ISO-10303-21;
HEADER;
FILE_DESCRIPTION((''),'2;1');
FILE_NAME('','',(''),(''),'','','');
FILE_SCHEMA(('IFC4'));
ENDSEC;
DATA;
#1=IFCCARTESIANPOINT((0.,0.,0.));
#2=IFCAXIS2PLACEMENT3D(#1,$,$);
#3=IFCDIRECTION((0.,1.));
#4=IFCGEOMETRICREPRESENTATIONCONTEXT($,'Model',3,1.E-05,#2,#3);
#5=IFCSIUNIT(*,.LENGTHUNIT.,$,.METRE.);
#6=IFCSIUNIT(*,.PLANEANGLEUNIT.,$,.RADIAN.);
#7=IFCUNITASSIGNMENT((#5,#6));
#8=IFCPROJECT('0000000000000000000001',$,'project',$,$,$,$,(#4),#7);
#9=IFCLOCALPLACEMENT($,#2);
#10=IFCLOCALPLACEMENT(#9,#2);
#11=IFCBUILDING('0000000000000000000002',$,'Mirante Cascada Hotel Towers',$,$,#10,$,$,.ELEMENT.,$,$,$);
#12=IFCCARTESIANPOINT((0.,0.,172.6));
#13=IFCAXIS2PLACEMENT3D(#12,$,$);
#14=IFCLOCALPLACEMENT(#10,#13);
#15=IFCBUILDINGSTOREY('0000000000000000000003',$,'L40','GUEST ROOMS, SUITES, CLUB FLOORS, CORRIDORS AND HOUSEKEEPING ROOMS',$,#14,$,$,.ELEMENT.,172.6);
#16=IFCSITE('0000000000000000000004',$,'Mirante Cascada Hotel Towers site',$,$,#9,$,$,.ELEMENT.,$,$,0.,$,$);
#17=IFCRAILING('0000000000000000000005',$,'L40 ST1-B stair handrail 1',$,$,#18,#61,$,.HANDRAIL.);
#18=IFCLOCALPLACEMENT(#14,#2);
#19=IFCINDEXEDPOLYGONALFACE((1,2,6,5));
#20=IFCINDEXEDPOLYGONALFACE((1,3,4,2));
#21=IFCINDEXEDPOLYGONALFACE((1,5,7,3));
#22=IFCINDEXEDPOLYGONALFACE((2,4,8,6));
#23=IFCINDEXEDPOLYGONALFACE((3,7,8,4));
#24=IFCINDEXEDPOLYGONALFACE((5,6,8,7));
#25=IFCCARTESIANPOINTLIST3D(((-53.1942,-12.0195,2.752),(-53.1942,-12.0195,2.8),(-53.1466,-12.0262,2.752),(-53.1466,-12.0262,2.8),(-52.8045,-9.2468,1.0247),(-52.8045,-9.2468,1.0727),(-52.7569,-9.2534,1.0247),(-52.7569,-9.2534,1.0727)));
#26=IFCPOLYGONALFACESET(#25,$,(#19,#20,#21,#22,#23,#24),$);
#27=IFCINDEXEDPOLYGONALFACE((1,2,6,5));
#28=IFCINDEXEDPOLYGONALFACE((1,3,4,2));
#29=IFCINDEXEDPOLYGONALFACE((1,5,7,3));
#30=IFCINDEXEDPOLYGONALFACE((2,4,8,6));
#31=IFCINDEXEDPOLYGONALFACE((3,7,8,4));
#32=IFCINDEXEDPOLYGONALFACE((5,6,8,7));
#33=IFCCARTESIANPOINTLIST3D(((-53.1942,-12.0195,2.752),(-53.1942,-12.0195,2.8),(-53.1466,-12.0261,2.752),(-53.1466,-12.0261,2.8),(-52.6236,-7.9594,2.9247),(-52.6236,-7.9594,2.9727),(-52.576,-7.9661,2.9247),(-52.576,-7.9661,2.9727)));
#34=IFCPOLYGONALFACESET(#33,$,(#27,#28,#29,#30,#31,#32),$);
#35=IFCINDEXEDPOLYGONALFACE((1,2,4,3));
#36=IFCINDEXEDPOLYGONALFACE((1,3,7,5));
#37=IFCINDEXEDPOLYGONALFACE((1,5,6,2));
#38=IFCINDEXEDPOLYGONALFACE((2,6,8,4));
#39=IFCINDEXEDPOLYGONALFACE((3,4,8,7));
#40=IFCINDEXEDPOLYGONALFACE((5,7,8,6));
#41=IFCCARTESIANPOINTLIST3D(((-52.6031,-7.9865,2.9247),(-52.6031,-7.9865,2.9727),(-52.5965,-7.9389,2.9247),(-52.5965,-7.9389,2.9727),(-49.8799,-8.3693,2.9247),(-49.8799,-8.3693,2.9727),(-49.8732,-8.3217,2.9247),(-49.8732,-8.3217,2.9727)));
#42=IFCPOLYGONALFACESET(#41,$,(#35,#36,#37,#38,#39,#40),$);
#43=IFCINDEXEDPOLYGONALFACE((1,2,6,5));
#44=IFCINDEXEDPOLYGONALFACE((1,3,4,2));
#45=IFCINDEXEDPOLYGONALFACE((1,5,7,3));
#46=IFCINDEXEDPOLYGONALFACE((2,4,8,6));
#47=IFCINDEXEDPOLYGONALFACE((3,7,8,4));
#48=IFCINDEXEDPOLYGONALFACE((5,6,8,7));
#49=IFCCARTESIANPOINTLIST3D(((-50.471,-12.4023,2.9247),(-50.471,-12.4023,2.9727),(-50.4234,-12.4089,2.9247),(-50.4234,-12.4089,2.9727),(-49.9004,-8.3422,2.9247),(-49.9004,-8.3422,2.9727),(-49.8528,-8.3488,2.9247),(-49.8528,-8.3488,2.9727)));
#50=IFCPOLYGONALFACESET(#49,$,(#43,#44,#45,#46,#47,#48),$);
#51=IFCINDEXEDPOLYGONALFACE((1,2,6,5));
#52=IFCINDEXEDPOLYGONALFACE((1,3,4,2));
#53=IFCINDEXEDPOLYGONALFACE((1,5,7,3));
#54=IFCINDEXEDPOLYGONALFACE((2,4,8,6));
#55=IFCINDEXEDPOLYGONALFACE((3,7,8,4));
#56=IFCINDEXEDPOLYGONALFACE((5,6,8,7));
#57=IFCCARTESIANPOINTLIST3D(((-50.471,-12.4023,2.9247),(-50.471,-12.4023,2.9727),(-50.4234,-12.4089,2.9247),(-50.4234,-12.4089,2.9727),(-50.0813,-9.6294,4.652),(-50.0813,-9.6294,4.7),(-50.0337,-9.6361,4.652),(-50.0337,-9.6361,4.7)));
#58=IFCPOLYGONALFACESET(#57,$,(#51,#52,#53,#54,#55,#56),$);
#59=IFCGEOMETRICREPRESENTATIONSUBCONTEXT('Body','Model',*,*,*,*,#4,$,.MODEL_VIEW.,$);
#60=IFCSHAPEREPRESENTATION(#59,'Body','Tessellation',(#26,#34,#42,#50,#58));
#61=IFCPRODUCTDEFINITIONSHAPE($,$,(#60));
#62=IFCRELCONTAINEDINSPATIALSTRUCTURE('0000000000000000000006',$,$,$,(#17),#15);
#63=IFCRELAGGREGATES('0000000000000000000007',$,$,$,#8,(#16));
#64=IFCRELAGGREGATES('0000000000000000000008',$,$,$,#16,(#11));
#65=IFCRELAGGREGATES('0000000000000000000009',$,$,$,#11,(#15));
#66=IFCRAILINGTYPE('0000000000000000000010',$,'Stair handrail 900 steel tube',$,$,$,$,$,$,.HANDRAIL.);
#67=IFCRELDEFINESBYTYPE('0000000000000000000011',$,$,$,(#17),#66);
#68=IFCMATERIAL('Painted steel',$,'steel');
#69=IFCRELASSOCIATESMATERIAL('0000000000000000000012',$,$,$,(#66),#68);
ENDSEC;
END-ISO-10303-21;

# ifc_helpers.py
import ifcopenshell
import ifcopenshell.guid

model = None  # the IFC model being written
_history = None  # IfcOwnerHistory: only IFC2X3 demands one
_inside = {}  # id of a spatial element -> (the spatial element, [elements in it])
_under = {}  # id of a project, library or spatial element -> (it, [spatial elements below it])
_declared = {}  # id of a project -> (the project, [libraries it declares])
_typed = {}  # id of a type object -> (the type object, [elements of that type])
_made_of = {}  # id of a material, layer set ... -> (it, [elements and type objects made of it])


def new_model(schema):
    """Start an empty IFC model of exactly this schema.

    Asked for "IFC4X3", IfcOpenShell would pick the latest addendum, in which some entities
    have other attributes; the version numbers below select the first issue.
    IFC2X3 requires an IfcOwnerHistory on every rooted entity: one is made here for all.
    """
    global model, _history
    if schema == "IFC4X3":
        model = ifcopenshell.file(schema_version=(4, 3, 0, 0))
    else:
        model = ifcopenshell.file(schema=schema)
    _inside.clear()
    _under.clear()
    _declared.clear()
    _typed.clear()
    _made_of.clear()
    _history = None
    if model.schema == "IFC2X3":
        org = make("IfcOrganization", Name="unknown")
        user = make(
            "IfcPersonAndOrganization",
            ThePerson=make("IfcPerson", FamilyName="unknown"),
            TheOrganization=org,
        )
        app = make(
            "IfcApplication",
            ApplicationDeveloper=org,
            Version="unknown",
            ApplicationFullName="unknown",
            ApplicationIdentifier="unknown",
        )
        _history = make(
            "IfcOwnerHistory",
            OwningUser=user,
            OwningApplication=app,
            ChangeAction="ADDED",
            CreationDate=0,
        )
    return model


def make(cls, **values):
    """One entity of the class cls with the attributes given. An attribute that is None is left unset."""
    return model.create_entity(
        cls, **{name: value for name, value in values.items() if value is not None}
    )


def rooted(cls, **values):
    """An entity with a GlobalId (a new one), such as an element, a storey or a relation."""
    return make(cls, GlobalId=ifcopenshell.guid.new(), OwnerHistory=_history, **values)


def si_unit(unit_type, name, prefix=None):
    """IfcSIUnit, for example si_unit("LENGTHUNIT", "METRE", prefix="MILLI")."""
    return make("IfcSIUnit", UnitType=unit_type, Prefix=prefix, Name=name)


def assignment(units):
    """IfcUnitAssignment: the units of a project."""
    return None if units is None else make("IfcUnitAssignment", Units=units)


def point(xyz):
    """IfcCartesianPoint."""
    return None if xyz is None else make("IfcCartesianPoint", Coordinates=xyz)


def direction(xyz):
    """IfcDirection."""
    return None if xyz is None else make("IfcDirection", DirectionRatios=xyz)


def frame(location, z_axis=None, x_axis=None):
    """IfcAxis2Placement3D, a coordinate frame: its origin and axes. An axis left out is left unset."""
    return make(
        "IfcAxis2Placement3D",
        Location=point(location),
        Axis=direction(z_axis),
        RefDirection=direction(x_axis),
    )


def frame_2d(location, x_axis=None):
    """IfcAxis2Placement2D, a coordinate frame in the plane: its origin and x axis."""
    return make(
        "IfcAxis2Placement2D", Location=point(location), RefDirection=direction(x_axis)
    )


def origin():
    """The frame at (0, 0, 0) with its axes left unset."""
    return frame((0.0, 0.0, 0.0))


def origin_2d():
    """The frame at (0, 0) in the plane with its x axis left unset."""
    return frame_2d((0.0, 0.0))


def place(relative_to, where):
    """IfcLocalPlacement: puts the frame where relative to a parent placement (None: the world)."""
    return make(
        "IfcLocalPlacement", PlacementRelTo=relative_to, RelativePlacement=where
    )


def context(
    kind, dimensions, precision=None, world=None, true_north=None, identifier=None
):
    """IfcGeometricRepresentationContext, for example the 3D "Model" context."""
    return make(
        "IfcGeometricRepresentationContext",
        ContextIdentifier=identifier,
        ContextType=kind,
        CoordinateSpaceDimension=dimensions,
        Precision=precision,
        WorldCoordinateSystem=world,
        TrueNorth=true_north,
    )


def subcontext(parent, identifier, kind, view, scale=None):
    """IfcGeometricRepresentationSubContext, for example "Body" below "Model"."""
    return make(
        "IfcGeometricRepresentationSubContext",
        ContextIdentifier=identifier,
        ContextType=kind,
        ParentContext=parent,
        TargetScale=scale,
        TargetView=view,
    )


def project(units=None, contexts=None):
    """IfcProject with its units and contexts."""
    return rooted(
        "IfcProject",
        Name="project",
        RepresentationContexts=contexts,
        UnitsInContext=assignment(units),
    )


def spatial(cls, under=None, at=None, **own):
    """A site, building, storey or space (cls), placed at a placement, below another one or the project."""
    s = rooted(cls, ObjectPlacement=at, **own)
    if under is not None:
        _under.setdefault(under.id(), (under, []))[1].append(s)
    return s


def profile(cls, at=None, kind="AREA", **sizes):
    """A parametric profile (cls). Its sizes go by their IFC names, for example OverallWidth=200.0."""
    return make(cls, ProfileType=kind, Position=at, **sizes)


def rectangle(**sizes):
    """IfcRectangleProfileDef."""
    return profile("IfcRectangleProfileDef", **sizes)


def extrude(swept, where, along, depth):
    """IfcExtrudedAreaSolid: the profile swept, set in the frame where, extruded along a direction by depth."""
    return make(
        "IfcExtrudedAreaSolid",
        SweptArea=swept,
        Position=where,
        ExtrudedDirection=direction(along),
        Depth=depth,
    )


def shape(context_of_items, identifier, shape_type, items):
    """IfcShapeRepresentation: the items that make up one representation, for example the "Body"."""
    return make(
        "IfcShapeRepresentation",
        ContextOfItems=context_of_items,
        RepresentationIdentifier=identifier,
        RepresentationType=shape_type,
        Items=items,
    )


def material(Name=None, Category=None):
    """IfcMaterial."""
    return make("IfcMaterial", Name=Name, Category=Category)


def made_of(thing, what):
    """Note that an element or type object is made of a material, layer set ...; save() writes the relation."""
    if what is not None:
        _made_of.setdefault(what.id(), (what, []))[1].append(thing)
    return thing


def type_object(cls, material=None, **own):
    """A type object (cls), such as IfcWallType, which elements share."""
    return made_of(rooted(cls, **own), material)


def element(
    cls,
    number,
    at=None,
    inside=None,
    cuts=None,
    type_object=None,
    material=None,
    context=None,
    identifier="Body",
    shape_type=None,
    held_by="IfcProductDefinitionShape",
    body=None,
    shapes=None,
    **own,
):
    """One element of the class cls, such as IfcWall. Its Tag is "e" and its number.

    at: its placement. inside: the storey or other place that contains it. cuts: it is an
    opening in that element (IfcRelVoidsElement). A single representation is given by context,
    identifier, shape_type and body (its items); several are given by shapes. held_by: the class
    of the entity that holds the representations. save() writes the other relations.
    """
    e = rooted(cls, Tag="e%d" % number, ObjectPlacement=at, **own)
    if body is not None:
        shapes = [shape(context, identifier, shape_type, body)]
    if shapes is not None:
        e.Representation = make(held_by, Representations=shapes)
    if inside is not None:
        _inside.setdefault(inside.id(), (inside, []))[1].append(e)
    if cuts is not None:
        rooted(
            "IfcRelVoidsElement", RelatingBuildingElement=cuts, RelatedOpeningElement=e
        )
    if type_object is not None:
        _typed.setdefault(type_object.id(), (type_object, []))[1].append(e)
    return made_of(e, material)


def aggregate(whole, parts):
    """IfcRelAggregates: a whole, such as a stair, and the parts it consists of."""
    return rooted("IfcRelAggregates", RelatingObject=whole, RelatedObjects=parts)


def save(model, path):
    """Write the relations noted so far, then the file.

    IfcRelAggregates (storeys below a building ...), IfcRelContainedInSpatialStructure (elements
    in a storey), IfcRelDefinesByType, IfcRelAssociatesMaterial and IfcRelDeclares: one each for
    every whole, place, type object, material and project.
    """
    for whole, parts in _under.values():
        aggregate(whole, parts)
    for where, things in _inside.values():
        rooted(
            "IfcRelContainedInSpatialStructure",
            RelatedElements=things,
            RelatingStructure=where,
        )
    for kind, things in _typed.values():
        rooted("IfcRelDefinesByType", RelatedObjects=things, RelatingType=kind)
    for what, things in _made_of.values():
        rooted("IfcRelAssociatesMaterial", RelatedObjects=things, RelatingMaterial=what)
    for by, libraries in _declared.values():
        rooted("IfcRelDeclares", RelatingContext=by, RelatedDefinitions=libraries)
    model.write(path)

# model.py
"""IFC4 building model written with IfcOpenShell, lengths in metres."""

from ifc_helpers import new_model, si_unit, direction, frame, origin, origin_2d, place, context, subcontext, project, spatial, rectangle, extrude, material, type_object, element, save


model = new_model("IFC4")

# Units and contexts
model_context = context("Model", 3, precision=1e-05, world=origin(), true_north=direction((0.0, 1.0)))
body_context = subcontext(model_context, "Body", "Model", "MODEL_VIEW")
ifc_project = project(units=[si_unit("LENGTHUNIT", "METRE"), si_unit("PLANEANGLEUNIT", "RADIAN")], contexts=[model_context])

# Site, building, storey
site_placement = place(None, origin())
site = spatial("IfcSite", under=ifc_project, at=site_placement, Name="Mirante Cascada Hotel Towers site", CompositionType="ELEMENT", RefElevation=0.0)
building_placement = place(site_placement, origin())
building = spatial("IfcBuilding", under=site, at=building_placement, Name="Mirante Cascada Hotel Towers", CompositionType="ELEMENT")
storey_placement = place(building_placement, frame((0.0, 0.0, 172.6)))
storey = spatial("IfcBuildingStorey", under=building, at=storey_placement, Name="L40", Description="GUEST ROOMS, SUITES, CLUB FLOORS, CORRIDORS AND HOUSEKEEPING ROOMS", CompositionType="ELEMENT", Elevation=172.6)

# Railing
ifc_material_1 = material(Name="Painted steel", Category="steel")
railing_type_1 = type_object("IfcRailingType", Name="Stair handrail 900 steel tube", PredefinedType="HANDRAIL", material=ifc_material_1)
railing_1_placement = place(storey_placement, frame((-52.7807, -9.2501, 0.1727)))
element("IfcRailing", 1, at=railing_1_placement, inside=storey, type_object=railing_type_1, Name="L40 ST1-B stair handrail 1", PredefinedType="HANDRAIL", context=body_context, shape_type="SweptSolid", body=[
    extrude(rectangle(XDim=0.048, YDim=0.048, at=origin_2d()), frame((0.0, 0.0, 0.876), z_axis=(-0.139181, -0.990267, 0.0), x_axis=(0.990267, -0.139181, 0.0)), (0.0, 0.525035, 0.851081), 3.2899),
    extrude(rectangle(XDim=0.048, YDim=0.048, at=origin_2d()), frame((-0.3897, -2.7727, 2.6033), z_axis=(0.139171, 0.990268, 0.0), x_axis=(-0.990268, 0.139171, 0.0)), (0.0, 0.042085, 0.999114), 4.1036),
    extrude(rectangle(XDim=0.048, YDim=0.048, at=origin_2d()), frame((0.1809, 1.2874, 2.776), z_axis=(0.990264, -0.139201, 0.0), x_axis=(0.139201, 0.990264, 0.0)), (0.0, 0.0, 1.0), 2.75),
    extrude(rectangle(XDim=0.048, YDim=0.048, at=origin_2d()), frame((2.9041, 0.9046, 2.776), z_axis=(-0.139171, -0.990268, 0.0), x_axis=(0.990268, -0.139171, 0.0)), (0.0, 0.0, 1.0), 4.1),
    extrude(rectangle(XDim=0.048, YDim=0.048, at=origin_2d()), frame((2.3335, -3.1555, 2.776), z_axis=(0.139176, 0.990268, 0.0), x_axis=(-0.990268, 0.139176, 0.0)), (0.0, 0.525021, 0.851089), 3.29),
])

save(model, "model.ifc")
